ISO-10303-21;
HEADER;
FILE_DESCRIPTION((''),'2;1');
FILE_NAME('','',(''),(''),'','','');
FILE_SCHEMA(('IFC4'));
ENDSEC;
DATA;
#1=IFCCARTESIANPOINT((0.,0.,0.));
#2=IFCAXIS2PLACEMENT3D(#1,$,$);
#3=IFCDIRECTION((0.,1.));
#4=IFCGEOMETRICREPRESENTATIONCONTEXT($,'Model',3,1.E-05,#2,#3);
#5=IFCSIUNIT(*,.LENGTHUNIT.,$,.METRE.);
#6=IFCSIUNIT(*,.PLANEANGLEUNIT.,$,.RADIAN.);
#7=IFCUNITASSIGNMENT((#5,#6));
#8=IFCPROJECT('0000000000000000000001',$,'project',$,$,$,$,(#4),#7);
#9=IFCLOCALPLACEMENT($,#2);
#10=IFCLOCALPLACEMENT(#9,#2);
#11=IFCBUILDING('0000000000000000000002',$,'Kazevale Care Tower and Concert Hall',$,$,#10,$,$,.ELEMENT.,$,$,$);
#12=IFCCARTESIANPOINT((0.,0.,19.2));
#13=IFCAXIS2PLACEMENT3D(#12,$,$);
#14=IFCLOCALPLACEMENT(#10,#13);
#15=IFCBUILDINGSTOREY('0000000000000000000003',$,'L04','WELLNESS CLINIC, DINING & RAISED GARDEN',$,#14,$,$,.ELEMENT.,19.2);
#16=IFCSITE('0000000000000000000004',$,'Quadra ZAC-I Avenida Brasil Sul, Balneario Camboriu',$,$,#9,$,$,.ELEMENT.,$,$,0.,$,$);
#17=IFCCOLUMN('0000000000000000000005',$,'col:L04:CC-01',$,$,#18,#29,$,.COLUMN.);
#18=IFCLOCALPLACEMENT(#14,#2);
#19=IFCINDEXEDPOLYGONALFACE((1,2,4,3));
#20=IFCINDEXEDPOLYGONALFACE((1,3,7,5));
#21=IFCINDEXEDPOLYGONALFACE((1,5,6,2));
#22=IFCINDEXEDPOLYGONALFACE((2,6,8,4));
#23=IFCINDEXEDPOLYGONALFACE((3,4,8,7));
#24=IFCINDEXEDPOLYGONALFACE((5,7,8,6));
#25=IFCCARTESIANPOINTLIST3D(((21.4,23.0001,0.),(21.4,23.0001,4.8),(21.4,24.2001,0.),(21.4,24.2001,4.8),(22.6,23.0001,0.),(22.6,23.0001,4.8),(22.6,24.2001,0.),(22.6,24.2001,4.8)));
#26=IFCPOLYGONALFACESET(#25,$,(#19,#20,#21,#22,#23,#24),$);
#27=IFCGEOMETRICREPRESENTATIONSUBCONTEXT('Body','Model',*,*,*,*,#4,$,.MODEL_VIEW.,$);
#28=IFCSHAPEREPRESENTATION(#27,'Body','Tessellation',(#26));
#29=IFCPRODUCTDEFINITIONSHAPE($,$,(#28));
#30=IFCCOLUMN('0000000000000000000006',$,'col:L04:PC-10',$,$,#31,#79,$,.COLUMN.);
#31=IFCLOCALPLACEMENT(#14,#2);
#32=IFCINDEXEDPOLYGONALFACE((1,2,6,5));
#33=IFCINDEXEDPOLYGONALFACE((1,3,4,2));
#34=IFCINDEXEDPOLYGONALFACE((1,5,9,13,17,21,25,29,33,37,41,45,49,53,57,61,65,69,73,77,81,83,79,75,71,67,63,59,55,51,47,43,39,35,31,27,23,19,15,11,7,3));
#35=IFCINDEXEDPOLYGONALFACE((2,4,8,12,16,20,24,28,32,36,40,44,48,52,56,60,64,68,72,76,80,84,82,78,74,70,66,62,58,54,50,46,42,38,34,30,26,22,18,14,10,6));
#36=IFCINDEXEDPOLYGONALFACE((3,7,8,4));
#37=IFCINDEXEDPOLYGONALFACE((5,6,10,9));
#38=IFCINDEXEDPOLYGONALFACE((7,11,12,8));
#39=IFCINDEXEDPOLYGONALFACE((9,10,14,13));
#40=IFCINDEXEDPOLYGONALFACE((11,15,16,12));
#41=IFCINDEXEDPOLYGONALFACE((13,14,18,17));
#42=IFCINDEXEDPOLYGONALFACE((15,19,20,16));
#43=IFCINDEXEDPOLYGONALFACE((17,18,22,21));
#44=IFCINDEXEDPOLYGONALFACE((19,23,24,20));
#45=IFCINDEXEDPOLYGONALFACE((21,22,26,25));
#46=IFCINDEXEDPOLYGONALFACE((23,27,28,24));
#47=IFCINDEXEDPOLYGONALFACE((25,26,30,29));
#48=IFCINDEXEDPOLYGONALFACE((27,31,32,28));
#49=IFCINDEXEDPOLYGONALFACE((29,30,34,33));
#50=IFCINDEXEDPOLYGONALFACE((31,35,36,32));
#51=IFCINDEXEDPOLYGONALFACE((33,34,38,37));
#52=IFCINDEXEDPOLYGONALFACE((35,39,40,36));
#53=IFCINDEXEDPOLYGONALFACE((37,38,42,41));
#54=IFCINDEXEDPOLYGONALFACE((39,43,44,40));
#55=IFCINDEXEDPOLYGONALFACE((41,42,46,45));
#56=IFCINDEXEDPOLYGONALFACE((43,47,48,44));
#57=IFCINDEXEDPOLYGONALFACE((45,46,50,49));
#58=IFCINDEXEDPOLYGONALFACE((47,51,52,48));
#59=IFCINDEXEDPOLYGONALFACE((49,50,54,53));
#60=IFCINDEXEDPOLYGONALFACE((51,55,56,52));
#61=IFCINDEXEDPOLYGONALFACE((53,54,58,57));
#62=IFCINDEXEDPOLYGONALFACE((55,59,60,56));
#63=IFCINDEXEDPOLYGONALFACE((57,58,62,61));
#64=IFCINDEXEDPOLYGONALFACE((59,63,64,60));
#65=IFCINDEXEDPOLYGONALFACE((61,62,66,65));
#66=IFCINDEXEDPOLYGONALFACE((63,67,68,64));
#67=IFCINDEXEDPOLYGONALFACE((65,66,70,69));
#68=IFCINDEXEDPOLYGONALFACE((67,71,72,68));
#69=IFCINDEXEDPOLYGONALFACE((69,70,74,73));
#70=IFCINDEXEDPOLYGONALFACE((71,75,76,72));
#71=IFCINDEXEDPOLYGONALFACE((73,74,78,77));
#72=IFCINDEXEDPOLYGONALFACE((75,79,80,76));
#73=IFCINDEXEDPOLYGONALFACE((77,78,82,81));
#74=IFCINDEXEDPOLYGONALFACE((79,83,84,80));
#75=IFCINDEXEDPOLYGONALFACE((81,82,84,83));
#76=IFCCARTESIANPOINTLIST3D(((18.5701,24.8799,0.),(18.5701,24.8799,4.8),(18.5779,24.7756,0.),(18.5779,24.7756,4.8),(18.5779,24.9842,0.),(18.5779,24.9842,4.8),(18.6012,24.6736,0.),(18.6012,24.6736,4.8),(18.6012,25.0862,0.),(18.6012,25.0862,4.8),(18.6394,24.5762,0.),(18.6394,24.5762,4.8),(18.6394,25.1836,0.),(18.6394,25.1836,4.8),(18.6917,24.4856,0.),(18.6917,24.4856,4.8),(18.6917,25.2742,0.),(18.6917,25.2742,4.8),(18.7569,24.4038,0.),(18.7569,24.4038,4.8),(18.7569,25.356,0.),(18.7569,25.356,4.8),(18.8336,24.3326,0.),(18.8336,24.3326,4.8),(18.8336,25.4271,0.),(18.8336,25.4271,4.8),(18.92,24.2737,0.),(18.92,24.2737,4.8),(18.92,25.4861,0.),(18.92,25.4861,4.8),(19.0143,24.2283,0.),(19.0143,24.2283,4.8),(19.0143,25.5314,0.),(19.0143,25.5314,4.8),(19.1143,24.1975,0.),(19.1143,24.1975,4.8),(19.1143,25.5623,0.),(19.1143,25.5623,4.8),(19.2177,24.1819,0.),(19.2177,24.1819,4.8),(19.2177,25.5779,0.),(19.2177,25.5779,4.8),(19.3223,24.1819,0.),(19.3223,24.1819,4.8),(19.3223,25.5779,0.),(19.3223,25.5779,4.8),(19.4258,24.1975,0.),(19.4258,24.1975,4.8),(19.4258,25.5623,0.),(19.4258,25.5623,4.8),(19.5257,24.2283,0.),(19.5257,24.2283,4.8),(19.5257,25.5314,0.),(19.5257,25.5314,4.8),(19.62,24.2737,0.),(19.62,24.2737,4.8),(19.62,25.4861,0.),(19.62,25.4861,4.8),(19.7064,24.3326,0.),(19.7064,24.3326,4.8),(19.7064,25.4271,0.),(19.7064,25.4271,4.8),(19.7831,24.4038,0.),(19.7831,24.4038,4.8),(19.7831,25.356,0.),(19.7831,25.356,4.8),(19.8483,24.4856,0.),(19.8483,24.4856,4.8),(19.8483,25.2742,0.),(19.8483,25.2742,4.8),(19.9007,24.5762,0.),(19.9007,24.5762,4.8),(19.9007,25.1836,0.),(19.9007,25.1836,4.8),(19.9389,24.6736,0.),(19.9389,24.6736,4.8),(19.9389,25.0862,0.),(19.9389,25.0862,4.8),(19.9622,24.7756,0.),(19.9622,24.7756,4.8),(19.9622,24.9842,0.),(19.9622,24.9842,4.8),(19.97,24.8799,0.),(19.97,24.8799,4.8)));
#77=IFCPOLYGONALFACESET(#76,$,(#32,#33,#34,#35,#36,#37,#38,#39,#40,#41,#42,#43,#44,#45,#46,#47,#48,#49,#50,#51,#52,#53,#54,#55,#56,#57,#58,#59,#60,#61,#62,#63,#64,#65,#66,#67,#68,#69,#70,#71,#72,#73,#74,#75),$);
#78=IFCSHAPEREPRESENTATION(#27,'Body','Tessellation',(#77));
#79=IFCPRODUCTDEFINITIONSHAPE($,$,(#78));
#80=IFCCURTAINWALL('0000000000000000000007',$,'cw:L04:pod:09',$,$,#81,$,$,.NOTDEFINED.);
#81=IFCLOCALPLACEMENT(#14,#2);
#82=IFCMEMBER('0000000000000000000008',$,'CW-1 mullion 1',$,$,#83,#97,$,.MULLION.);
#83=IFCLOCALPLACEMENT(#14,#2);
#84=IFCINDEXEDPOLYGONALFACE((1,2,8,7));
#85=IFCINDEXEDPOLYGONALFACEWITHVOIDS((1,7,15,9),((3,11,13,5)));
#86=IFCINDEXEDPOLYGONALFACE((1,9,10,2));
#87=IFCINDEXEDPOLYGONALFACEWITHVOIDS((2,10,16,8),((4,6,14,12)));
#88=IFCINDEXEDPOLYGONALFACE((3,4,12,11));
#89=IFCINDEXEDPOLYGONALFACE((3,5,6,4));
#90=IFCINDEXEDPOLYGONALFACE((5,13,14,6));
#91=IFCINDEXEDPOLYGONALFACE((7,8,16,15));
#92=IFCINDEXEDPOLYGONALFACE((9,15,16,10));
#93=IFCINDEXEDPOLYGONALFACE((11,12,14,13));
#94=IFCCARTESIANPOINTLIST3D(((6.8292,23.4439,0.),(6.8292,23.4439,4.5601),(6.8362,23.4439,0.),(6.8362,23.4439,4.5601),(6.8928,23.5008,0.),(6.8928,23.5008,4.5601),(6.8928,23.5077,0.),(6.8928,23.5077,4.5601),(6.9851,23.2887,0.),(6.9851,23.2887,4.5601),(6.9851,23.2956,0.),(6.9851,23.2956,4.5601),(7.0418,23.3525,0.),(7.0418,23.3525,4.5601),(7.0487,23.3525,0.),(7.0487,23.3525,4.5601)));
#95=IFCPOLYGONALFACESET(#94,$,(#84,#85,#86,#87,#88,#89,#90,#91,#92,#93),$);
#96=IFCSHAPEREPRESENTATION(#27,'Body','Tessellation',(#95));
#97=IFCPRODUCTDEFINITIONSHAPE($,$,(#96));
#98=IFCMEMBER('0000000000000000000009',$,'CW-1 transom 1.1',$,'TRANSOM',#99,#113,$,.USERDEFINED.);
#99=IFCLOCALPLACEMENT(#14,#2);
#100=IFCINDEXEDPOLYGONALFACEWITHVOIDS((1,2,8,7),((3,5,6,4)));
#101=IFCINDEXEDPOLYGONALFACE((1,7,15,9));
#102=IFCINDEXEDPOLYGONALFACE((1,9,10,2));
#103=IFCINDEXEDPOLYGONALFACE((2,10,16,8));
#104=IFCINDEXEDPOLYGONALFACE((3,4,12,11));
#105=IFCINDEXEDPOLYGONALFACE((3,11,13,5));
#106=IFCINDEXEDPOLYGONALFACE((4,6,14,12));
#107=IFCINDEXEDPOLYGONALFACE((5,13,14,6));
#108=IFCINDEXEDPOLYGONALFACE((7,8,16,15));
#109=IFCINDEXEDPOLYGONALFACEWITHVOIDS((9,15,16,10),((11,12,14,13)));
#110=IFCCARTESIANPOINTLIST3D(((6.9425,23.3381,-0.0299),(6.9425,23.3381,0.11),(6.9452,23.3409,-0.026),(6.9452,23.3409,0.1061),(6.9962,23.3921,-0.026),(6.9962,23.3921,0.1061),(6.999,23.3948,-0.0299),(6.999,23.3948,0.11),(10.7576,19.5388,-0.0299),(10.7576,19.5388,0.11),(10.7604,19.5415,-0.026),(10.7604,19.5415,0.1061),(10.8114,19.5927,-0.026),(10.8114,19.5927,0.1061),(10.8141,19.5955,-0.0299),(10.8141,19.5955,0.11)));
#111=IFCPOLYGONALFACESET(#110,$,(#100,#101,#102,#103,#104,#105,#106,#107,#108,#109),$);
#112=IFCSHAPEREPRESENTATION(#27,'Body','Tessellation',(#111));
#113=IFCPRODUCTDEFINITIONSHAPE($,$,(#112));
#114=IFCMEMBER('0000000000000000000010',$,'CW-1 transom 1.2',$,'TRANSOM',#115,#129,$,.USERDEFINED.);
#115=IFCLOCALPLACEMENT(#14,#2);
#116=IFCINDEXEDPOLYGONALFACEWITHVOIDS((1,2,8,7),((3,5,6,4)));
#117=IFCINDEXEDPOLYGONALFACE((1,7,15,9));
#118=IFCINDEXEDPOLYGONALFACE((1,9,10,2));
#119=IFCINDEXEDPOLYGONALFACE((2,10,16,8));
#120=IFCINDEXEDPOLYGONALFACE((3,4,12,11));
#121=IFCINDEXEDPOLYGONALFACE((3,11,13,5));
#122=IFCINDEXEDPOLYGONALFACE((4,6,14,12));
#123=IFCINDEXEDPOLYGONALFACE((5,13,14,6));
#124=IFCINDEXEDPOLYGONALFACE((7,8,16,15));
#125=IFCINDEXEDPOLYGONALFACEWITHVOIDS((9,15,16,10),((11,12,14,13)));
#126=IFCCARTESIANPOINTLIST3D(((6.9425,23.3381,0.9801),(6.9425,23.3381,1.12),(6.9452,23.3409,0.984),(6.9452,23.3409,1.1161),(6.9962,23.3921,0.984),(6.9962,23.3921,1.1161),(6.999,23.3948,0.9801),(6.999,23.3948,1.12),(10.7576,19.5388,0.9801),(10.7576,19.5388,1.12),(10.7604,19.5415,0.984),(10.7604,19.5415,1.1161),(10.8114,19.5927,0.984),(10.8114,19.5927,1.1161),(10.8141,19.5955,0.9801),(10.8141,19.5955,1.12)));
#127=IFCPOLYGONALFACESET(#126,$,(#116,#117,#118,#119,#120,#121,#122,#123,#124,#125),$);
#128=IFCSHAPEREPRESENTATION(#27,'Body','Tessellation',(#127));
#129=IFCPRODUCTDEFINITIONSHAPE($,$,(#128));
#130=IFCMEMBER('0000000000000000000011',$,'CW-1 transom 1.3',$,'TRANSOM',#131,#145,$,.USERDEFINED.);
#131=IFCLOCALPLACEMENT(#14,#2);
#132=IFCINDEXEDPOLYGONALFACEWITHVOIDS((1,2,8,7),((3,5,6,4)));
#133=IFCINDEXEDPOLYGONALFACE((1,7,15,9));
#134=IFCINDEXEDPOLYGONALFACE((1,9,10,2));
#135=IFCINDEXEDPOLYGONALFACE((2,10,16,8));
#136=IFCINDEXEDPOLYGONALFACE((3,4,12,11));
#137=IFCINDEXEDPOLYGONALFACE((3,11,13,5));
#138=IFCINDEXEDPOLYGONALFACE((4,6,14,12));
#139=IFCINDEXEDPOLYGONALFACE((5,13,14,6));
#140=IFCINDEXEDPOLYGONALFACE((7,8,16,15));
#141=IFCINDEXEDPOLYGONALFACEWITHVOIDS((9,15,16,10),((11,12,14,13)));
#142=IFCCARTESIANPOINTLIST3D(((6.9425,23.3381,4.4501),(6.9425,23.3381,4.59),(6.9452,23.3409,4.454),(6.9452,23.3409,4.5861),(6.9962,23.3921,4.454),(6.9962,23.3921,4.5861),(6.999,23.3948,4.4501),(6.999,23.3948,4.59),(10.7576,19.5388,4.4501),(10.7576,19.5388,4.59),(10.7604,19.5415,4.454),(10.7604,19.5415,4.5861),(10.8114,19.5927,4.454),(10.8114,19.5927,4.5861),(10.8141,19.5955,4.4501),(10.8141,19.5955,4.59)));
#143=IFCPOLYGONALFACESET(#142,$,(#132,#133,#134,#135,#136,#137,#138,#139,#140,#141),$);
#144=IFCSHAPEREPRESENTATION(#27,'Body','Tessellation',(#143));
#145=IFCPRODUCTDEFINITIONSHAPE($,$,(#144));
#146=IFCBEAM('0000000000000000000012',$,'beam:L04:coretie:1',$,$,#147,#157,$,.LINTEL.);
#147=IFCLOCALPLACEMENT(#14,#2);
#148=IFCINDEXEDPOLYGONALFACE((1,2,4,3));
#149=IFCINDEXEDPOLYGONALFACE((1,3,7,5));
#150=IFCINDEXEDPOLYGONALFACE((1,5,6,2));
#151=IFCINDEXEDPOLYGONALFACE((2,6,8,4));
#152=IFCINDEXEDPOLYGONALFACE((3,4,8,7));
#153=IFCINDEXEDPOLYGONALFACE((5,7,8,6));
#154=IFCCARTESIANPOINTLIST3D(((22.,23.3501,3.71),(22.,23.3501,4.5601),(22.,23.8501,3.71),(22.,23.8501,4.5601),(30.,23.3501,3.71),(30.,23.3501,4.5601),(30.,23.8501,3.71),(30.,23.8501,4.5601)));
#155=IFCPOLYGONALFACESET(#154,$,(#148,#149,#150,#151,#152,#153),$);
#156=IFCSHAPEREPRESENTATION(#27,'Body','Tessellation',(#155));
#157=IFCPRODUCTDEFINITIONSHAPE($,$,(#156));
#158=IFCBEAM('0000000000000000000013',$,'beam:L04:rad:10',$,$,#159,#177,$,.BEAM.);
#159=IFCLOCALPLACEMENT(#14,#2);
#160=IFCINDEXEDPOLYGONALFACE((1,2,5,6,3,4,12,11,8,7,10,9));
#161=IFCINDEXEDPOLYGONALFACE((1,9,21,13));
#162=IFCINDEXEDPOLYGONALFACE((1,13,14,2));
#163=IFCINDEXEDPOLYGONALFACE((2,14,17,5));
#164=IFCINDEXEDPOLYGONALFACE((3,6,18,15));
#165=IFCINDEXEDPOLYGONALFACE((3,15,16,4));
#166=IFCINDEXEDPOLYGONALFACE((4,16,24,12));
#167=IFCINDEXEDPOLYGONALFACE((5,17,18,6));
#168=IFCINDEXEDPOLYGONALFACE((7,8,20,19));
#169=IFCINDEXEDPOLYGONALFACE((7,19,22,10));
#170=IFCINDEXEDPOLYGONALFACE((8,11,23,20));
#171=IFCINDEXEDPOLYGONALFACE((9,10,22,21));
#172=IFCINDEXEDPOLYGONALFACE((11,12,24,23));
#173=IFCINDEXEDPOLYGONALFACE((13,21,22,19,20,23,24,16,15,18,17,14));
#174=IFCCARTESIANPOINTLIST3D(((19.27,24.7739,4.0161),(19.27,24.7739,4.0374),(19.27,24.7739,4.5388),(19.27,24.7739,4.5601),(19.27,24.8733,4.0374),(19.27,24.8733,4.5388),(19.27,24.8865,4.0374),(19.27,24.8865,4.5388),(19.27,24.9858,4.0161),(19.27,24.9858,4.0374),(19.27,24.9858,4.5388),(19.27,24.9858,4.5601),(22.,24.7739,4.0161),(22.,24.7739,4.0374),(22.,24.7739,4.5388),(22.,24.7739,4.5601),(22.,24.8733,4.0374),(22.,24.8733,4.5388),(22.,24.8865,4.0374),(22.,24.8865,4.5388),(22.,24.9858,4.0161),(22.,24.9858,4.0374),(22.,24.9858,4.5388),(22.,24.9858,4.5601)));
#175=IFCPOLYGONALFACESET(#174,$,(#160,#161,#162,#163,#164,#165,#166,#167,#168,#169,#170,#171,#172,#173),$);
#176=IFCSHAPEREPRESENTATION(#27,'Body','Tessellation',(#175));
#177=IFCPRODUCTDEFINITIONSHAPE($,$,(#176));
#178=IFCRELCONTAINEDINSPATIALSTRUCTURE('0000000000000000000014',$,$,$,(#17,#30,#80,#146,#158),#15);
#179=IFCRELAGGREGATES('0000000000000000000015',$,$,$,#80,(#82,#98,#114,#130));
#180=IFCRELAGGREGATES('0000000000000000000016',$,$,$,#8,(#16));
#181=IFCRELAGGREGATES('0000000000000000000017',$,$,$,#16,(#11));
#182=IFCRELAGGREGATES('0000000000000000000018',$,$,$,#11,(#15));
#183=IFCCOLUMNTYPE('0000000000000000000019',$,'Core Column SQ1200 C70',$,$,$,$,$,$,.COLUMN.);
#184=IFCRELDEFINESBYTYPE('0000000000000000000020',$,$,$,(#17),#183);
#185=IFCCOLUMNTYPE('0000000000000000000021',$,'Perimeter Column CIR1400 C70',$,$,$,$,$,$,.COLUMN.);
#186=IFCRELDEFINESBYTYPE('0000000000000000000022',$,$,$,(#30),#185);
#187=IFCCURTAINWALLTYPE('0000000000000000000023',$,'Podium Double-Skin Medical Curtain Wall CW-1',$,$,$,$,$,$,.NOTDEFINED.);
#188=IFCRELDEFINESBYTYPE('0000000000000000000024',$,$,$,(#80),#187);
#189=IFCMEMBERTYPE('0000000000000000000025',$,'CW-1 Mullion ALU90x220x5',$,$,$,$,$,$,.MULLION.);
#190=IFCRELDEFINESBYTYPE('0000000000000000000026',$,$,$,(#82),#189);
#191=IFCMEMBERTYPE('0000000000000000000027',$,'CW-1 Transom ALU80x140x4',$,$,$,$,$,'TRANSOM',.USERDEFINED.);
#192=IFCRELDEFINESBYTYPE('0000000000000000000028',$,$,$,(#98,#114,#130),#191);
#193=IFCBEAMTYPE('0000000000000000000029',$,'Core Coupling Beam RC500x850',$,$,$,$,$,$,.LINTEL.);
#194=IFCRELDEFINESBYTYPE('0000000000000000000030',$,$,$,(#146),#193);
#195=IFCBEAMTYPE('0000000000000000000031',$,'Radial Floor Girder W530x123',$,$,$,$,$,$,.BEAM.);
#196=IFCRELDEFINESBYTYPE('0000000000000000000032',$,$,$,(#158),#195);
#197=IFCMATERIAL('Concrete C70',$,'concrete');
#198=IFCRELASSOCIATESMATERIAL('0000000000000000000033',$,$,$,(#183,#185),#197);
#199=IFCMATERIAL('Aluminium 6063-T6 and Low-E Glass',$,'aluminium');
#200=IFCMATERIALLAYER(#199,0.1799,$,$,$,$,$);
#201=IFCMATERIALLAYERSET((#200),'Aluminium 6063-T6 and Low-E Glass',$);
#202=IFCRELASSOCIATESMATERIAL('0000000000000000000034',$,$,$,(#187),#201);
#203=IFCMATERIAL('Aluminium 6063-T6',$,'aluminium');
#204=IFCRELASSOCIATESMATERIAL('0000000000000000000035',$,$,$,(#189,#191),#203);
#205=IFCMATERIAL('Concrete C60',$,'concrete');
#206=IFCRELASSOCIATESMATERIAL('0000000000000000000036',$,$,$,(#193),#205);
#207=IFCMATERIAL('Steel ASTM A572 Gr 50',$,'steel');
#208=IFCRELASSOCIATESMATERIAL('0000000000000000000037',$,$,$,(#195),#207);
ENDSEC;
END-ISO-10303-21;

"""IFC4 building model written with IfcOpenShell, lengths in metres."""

from ifc_helpers import new_model, si_unit, direction, frame, origin, origin_2d, place, context, subcontext, project, spatial, rectangle, hollow_rectangle, circle, i_section, extrude, material, layer, layer_set, material_profile, profile_set, type_object, element, aggregate, save


model = new_model("IFC4")

# Units and contexts
model_context = context("Model", 3, precision=1e-05, world=origin(), true_north=direction((0.0, 1.0)))
body_context = subcontext(model_context, "Body", "Model", "MODEL_VIEW")
ifc_project = project(units=[si_unit("LENGTHUNIT", "METRE"), si_unit("PLANEANGLEUNIT", "RADIAN")], contexts=[model_context])

# Site, building, storey
site_placement = place(None, origin())
site = spatial("IfcSite", under=ifc_project, at=site_placement, Name="Quadra ZAC-I Avenida Brasil Sul, Balneario Camboriu", CompositionType="ELEMENT", RefElevation=0.0)
building_placement = place(site_placement, origin())
building = spatial("IfcBuilding", under=site, at=building_placement, Name="Kazevale Care Tower and Concert Hall", CompositionType="ELEMENT")
storey_placement = place(building_placement, frame((0.0, 0.0, 19.2)))
storey = spatial("IfcBuildingStorey", under=building, at=storey_placement, Name="L04", Description="WELLNESS CLINIC, DINING & RAISED GARDEN", CompositionType="ELEMENT", Elevation=19.2)

# Columns
ifc_material_1 = material(Name="Concrete C70", Category="concrete")
ifc_material_profile_1 = material_profile(ifc_material_1, rectangle(XDim=1.2, YDim=1.2, at=origin_2d()), Name="RC-SQ1200")
ifc_profile_set_1 = profile_set([ifc_material_profile_1], Name="Concrete C70")
column_type_1 = type_object("IfcColumnType", Name="Core Column SQ1200 C70", PredefinedType="COLUMN", material=ifc_profile_set_1)
column_1_placement = place(storey_placement, frame((22.0, 23.6001, 0.0), z_axis=(0.0, 0.0, 1.0), x_axis=(1.0, 0.0, 0.0)))
element("IfcColumn", 1, at=column_1_placement, inside=storey, type_object=column_type_1, Name="col:L04:CC-01", PredefinedType="COLUMN", context=body_context, shape_type="SweptSolid", body=[
    extrude(rectangle(XDim=1.2, YDim=1.2, at=origin_2d()), origin(), (0.0, 0.0, 1.0), 4.8),
])
ifc_material_profile_2 = material_profile(ifc_material_1, circle(Radius=0.7, at=origin_2d()), Name="RC-CIR1400")
ifc_profile_set_2 = profile_set([ifc_material_profile_2], Name="Concrete C70")
column_type_2 = type_object("IfcColumnType", Name="Perimeter Column CIR1400 C70", PredefinedType="COLUMN", material=ifc_profile_set_2)
column_2_placement = place(storey_placement, frame((19.27, 24.8799, 0.0), z_axis=(0.0, 0.0, 1.0), x_axis=(1.0, 0.0, 0.0)))
element("IfcColumn", 2, at=column_2_placement, inside=storey, type_object=column_type_2, Name="col:L04:PC-10", PredefinedType="COLUMN", context=body_context, shape_type="SweptSolid", body=[
    extrude(circle(Radius=0.7, at=origin_2d()), origin(), (0.0, 0.0, 1.0), 4.8),
])

# Curtain wall, members
ifc_material_2 = material(Name="Aluminium 6063-T6 and Low-E Glass", Category="aluminium")
ifc_layer_1 = layer(ifc_material_2, 0.1799)
ifc_layer_set_1 = layer_set([ifc_layer_1], Name="Aluminium 6063-T6 and Low-E Glass")
curtain_wall_type = type_object("IfcCurtainWallType", Name="Podium Double-Skin Medical Curtain Wall CW-1", PredefinedType="NOTDEFINED", material=ifc_layer_set_1)
curtain_wall_placement = place(storey_placement, origin())
curtain_wall = element("IfcCurtainWall", 3, at=curtain_wall_placement, inside=storey, type_object=curtain_wall_type, Name="cw:L04:pod:09", PredefinedType="NOTDEFINED")
ifc_material_3 = material(Name="Aluminium 6063-T6", Category="aluminium")
ifc_material_profile_3 = material_profile(ifc_material_3, hollow_rectangle(XDim=0.0901, YDim=0.22, WallThickness=0.0049, at=origin_2d()), Name="ALU90x220x5")
ifc_profile_set_3 = profile_set([ifc_material_profile_3], Name="Aluminium 6063-T6")
member_type_1 = type_object("IfcMemberType", Name="CW-1 Mullion ALU90x220x5", PredefinedType="MULLION", material=ifc_profile_set_3)
member_1_placement = place(storey_placement, frame((6.939, 23.3982, 0.0), z_axis=(0.0, 0.0, 1.0), x_axis=(0.705656, 0.708555, 0.0)))
member_1 = element("IfcMember", 4, at=member_1_placement, type_object=member_type_1, Name="CW-1 mullion 1", PredefinedType="MULLION", context=body_context, shape_type="SweptSolid", body=[
    extrude(hollow_rectangle(XDim=0.0901, YDim=0.22, WallThickness=0.0049, at=origin_2d()), origin(), (0.0, 0.0, 1.0), 4.5601),
])
ifc_material_profile_4 = material_profile(ifc_material_3, hollow_rectangle(XDim=0.0801, YDim=0.1399, WallThickness=0.0039, at=origin_2d()), Name="ALU80x140x4")
ifc_profile_set_4 = profile_set([ifc_material_profile_4], Name="Aluminium 6063-T6")
member_type_2 = type_object("IfcMemberType", Name="CW-1 Transom ALU80x140x4", ElementType="TRANSOM", PredefinedType="USERDEFINED", material=ifc_profile_set_4)
member_2_placement = place(storey_placement, frame((6.9707, 23.3665, 0.04), z_axis=(0.708579, -0.705632, 0.0), x_axis=(0.705632, 0.708579, 0.0)))
member_2 = element("IfcMember", 5, at=member_2_placement, type_object=member_type_2, Name="CW-1 transom 1.1", ObjectType="TRANSOM", PredefinedType="USERDEFINED", context=body_context, shape_type="SweptSolid", body=[
    extrude(hollow_rectangle(XDim=0.0801, YDim=0.1399, WallThickness=0.0039, at=origin_2d()), origin(), (0.0, 0.0, 1.0), 5.3843),
])
member_3_placement = place(storey_placement, frame((6.9707, 23.3665, 1.05), z_axis=(0.708579, -0.705632, 0.0), x_axis=(0.705632, 0.708579, 0.0)))
member_3 = element("IfcMember", 6, at=member_3_placement, type_object=member_type_2, Name="CW-1 transom 1.2", ObjectType="TRANSOM", PredefinedType="USERDEFINED", context=body_context, shape_type="SweptSolid", body=[
    extrude(hollow_rectangle(XDim=0.0801, YDim=0.1399, WallThickness=0.0039, at=origin_2d()), origin(), (0.0, 0.0, 1.0), 5.3843),
])
member_4_placement = place(storey_placement, frame((6.9707, 23.3665, 4.52), z_axis=(0.708579, -0.705632, 0.0), x_axis=(0.705632, 0.708579, 0.0)))
member_4 = element("IfcMember", 7, at=member_4_placement, type_object=member_type_2, Name="CW-1 transom 1.3", ObjectType="TRANSOM", PredefinedType="USERDEFINED", context=body_context, shape_type="SweptSolid", body=[
    extrude(hollow_rectangle(XDim=0.0801, YDim=0.1399, WallThickness=0.0039, at=origin_2d()), origin(), (0.0, 0.0, 1.0), 5.3843),
])

# Beams
ifc_material_4 = material(Name="Concrete C60", Category="concrete")
ifc_material_profile_5 = material_profile(ifc_material_4, rectangle(XDim=0.5, YDim=0.8501, at=origin_2d()), Name="RC-B500x850")
ifc_profile_set_5 = profile_set([ifc_material_profile_5], Name="Concrete C60")
beam_type_1 = type_object("IfcBeamType", Name="Core Coupling Beam RC500x850", PredefinedType="LINTEL", material=ifc_profile_set_5)
beam_1_placement = place(storey_placement, frame((22.0, 23.6001, 4.135), z_axis=(1.0, 0.0, 0.0), x_axis=(0.0, 1.0, 0.0)))
element("IfcBeam", 8, at=beam_1_placement, inside=storey, type_object=beam_type_1, Name="beam:L04:coretie:1", PredefinedType="LINTEL", context=body_context, shape_type="SweptSolid", body=[
    extrude(rectangle(XDim=0.5, YDim=0.8501, at=origin_2d()), origin(), (0.0, 0.0, 1.0), 8.0),
])
ifc_material_5 = material(Name="Steel ASTM A572 Gr 50", Category="steel")
ifc_material_profile_6 = material_profile(ifc_material_5, i_section(OverallWidth=0.2119, OverallDepth=0.5439, WebThickness=0.0132, FlangeThickness=0.0212, at=origin_2d()), Name="W530x123")
ifc_profile_set_6 = profile_set([ifc_material_profile_6], Name="Steel ASTM A572 Gr 50")
beam_type_2 = type_object("IfcBeamType", Name="Radial Floor Girder W530x123", PredefinedType="BEAM", material=ifc_profile_set_6)
beam_2_placement = place(storey_placement, frame((22.0, 24.8799, 4.2881), z_axis=(-1.0, 0.0, 0.0), x_axis=(0.0, -1.0, 0.0)))
element("IfcBeam", 9, at=beam_2_placement, inside=storey, type_object=beam_type_2, Name="beam:L04:rad:10", PredefinedType="BEAM", context=body_context, shape_type="SweptSolid", body=[
    extrude(i_section(OverallWidth=0.2119, OverallDepth=0.5439, WebThickness=0.0132, FlangeThickness=0.0212, at=origin_2d()), origin(), (0.0, 0.0, 1.0), 2.73),
])

aggregate(curtain_wall, [member_1, member_2, member_3, member_4])

save(model, "model.ifc")
